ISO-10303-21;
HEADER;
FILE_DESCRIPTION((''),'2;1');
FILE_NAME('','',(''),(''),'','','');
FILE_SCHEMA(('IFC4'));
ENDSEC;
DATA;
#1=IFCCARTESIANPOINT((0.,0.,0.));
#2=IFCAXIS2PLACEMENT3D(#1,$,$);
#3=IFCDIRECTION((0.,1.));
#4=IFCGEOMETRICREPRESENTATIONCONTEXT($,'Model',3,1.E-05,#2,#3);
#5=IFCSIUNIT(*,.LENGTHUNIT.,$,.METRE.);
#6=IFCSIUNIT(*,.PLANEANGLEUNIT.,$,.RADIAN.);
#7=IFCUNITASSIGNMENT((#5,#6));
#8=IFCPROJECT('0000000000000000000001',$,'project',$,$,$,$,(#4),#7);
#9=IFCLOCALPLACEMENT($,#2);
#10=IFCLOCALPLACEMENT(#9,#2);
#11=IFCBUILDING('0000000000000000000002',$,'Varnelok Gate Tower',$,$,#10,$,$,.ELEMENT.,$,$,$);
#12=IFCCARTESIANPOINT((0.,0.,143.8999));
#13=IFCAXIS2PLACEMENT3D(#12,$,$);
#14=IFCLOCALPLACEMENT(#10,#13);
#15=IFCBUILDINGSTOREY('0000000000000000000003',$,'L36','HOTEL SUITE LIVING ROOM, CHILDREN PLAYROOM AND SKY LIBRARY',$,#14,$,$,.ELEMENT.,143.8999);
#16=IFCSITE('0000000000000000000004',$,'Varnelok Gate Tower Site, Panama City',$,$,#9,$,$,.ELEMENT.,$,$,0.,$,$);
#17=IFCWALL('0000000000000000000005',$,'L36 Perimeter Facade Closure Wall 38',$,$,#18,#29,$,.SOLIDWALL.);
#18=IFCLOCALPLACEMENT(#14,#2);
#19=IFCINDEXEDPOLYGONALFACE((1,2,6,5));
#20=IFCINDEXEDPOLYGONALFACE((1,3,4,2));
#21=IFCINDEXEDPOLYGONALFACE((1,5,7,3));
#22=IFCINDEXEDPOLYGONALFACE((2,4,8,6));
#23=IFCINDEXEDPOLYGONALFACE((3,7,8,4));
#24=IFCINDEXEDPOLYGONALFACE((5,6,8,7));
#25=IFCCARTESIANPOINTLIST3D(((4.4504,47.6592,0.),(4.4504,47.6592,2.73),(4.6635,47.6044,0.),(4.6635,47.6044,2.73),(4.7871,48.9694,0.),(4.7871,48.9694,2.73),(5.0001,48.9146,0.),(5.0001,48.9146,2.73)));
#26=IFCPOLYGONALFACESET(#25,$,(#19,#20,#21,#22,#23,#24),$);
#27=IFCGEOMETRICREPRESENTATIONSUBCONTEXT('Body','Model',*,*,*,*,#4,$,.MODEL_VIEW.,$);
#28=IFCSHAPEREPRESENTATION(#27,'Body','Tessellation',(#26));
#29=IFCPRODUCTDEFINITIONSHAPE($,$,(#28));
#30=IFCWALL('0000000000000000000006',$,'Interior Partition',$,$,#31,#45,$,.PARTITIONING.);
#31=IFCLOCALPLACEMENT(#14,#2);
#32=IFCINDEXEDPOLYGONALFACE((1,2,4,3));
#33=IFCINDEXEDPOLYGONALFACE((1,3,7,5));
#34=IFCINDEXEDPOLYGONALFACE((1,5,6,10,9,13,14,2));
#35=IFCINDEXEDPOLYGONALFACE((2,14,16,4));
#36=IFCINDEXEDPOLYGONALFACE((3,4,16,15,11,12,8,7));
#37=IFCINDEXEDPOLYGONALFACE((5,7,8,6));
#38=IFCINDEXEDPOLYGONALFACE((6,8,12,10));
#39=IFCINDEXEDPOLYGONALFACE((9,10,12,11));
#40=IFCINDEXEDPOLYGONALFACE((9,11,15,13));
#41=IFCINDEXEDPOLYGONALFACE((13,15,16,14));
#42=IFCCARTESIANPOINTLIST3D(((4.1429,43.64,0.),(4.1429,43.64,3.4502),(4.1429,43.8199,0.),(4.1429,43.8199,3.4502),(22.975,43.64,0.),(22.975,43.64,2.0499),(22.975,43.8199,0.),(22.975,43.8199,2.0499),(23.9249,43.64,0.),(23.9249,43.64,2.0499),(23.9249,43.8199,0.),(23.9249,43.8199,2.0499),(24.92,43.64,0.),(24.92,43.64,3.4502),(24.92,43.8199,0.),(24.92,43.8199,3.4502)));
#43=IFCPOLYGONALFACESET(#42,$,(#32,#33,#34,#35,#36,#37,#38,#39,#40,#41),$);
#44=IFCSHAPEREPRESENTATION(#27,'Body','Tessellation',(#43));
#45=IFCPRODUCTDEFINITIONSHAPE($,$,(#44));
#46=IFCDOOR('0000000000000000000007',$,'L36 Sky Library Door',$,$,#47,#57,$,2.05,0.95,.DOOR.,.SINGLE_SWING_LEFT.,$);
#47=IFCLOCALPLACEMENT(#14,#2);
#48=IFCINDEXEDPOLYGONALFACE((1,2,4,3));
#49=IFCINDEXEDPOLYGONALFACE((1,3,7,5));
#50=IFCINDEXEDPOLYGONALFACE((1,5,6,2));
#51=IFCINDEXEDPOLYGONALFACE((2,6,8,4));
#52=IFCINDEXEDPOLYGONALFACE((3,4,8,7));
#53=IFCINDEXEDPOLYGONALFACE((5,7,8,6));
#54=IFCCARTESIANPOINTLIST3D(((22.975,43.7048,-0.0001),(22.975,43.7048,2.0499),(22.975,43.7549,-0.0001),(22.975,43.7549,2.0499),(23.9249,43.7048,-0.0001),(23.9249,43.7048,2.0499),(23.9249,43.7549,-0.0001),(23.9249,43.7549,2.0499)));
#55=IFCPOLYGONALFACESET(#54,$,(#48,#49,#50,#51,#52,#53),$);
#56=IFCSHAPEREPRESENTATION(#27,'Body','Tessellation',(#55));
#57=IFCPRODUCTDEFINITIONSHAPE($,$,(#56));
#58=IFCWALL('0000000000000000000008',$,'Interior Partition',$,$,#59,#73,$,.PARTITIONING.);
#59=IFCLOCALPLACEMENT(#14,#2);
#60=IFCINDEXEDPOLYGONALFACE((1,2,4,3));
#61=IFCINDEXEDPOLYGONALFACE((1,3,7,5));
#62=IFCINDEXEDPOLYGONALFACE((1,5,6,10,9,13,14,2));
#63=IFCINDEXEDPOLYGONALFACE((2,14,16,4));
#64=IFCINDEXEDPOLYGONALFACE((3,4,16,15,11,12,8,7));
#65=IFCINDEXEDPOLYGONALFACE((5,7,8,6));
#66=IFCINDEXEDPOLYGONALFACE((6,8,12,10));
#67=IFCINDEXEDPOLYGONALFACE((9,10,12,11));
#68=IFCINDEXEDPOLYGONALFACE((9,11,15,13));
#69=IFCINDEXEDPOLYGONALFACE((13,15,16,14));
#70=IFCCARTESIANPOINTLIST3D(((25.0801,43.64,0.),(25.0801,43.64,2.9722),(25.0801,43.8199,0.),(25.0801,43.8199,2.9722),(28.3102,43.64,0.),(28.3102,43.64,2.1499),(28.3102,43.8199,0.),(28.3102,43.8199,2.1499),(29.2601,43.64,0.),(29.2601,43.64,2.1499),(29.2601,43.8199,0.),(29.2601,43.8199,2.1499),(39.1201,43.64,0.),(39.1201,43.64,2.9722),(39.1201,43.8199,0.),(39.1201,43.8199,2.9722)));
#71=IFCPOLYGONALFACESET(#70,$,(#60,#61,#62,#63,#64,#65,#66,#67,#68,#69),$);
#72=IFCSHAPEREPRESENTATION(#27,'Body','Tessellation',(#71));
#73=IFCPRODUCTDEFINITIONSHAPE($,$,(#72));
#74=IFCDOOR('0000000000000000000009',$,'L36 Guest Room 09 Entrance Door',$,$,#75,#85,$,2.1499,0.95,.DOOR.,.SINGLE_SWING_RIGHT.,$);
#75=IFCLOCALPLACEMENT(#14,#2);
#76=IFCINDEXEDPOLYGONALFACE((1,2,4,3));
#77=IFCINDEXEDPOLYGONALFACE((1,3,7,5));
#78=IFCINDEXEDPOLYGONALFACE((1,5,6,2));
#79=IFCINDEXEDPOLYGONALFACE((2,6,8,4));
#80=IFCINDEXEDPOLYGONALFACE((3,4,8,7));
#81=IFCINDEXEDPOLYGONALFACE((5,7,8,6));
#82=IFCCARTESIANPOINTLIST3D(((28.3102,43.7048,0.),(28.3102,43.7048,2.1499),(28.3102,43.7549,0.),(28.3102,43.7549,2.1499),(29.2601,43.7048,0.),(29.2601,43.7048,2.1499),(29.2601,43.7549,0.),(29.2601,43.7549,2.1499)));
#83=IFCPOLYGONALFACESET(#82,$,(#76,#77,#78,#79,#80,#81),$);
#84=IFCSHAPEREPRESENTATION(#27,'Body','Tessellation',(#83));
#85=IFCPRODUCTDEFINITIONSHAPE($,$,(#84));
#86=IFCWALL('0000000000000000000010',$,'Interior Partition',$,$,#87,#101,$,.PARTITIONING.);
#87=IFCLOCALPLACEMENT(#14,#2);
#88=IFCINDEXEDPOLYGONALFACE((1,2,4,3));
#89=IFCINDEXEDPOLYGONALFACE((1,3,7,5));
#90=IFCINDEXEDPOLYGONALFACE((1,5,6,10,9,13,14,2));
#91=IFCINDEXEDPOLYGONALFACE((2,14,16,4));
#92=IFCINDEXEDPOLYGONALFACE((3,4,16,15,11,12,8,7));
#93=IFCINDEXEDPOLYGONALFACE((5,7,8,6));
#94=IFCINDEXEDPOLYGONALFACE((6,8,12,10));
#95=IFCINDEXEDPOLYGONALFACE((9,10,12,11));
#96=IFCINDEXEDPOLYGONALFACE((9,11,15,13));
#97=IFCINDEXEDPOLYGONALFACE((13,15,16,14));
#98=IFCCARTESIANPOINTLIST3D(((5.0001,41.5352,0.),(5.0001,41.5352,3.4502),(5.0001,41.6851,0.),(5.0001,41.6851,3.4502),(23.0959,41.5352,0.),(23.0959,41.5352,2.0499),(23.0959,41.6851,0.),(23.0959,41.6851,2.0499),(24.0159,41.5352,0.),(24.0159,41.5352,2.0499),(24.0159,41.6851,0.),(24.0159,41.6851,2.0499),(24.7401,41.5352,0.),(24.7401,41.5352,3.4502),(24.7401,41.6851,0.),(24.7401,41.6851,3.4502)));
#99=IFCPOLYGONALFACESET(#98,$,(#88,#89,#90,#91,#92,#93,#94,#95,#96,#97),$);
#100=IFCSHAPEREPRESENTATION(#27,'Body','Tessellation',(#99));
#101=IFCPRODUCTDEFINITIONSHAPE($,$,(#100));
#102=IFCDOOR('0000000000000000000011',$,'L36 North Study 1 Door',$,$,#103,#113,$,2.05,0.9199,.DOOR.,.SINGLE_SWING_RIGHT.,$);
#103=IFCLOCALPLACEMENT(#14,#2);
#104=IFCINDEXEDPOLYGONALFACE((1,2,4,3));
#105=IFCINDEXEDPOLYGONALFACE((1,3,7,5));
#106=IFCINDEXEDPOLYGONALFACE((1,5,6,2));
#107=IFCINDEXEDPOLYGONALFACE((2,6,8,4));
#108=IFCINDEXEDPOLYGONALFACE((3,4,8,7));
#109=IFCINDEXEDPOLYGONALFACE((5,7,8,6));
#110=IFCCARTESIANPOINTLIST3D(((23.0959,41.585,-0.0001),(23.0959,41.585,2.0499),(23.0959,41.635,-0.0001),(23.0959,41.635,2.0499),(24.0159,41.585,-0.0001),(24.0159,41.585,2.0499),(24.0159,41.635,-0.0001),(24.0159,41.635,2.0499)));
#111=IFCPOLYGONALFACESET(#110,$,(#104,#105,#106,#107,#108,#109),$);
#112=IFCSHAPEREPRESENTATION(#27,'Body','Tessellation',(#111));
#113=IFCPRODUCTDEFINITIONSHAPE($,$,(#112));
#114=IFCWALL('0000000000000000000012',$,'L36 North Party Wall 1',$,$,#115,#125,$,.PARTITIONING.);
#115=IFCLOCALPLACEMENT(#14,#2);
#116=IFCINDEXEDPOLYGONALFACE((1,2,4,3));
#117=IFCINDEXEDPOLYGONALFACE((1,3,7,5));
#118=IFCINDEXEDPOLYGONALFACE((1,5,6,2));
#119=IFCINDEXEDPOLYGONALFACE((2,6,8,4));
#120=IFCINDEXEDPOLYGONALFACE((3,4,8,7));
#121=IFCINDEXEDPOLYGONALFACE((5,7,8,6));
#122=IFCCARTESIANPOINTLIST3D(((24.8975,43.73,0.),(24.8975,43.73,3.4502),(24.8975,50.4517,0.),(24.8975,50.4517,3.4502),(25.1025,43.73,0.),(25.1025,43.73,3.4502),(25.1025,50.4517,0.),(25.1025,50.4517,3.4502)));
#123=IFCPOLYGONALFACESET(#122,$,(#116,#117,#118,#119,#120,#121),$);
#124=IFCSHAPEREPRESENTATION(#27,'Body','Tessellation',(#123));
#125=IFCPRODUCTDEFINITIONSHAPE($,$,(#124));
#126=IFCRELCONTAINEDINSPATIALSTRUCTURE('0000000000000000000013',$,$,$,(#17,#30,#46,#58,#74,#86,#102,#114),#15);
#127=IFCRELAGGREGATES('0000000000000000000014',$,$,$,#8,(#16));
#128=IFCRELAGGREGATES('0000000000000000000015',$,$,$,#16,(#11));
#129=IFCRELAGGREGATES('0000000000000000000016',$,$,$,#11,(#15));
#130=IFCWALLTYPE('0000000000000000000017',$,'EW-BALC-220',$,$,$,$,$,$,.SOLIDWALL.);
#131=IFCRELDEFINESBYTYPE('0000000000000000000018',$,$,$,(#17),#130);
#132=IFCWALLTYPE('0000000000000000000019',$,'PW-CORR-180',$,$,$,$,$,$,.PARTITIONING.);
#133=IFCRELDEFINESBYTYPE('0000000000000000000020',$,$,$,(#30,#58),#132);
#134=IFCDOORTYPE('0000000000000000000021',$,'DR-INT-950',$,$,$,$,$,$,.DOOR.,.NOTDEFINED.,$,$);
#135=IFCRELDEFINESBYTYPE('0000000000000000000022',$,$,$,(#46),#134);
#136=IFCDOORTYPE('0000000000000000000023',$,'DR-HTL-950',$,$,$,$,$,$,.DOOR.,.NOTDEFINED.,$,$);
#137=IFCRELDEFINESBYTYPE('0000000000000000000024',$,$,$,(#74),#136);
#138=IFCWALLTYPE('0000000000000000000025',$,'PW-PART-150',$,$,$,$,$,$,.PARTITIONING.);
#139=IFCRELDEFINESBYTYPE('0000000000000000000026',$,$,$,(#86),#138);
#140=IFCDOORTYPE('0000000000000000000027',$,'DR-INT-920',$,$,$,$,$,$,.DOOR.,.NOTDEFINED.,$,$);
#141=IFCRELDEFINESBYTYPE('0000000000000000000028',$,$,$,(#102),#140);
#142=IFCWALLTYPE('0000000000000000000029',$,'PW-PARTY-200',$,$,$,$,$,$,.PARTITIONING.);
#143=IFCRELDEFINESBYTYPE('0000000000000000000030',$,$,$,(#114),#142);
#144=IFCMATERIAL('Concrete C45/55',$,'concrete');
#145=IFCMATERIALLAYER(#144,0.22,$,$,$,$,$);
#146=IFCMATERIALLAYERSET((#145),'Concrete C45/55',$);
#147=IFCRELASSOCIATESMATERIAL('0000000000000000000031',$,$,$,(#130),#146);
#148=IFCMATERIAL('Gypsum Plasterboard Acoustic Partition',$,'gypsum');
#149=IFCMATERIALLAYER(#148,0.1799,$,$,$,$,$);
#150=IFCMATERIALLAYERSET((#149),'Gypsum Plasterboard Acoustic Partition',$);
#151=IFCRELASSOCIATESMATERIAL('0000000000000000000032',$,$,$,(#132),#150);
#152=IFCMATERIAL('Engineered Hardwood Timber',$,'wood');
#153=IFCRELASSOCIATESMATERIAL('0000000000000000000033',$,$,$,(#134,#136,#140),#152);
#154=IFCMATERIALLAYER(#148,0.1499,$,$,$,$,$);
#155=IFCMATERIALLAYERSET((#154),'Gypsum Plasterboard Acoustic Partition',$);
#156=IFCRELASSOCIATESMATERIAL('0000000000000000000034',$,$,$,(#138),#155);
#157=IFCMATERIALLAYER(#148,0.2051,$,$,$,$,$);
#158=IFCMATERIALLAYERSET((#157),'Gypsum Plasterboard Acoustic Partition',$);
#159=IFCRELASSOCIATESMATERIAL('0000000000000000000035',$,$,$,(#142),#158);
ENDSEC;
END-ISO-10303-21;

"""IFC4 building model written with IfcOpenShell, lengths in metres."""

from ifc_helpers import new_model, si_unit, direction, frame, frame_2d, origin, place, context, subcontext, project, spatial, rectangle, extrude, material, layer, layer_set, type_object, element, fill, save


model = new_model("IFC4")

# Units and contexts
model_context = context("Model", 3, precision=1e-05, world=origin(), true_north=direction((0.0, 1.0)))
body_context = subcontext(model_context, "Body", "Model", "MODEL_VIEW")
ifc_project = project(units=[si_unit("LENGTHUNIT", "METRE"), si_unit("PLANEANGLEUNIT", "RADIAN")], contexts=[model_context])

# Site, building, storey
site_placement = place(None, origin())
site = spatial("IfcSite", under=ifc_project, at=site_placement, Name="Varnelok Gate Tower Site, Panama City", CompositionType="ELEMENT", RefElevation=0.0)
building_placement = place(site_placement, origin())
building = spatial("IfcBuilding", under=site, at=building_placement, Name="Varnelok Gate Tower", CompositionType="ELEMENT")
storey_placement = place(building_placement, frame((0.0, 0.0, 143.8999)))
storey = spatial("IfcBuildingStorey", under=building, at=storey_placement, Name="L36", Description="HOTEL SUITE LIVING ROOM, CHILDREN PLAYROOM AND SKY LIBRARY", CompositionType="ELEMENT", Elevation=143.8999)

# Wall
ifc_material_1 = material(Name="Concrete C45/55", Category="concrete")
ifc_layer_1 = layer(ifc_material_1, 0.22)
ifc_layer_set_1 = layer_set([ifc_layer_1], Name="Concrete C45/55")
wall_type_1 = type_object("IfcWallType", Name="EW-BALC-220", PredefinedType="SOLIDWALL", material=ifc_layer_set_1)
wall_1_placement = place(storey_placement, frame((4.8936, 48.9419, 0.0), z_axis=(0.0, 0.0, 1.0), x_axis=(-0.248857, -0.96854, 0.0)))
element("IfcWall", 1, at=wall_1_placement, inside=storey, type_object=wall_type_1, Name="L36 Perimeter Facade Closure Wall 38", PredefinedType="SOLIDWALL", context=body_context, shape_type="SweptSolid", body=[
    extrude(rectangle(XDim=1.3528, YDim=0.22, at=frame_2d((0.6763, 0.0))), origin(), (0.0, 0.0, 1.0), 2.73),
])

# Walls, openings, doors
ifc_material_2 = material(Name="Gypsum Plasterboard Acoustic Partition", Category="gypsum")
ifc_layer_2 = layer(ifc_material_2, 0.1799)
ifc_layer_set_2 = layer_set([ifc_layer_2], Name="Gypsum Plasterboard Acoustic Partition")
wall_type_2 = type_object("IfcWallType", Name="PW-CORR-180", PredefinedType="PARTITIONING", material=ifc_layer_set_2)
wall_2_placement = place(storey_placement, frame((4.1428, 43.73, 0.0), z_axis=(0.0, 0.0, 1.0), x_axis=(1.0, 0.0, 0.0)))
wall_2 = element("IfcWall", 2, at=wall_2_placement, inside=storey, type_object=wall_type_2, Name="Interior Partition", PredefinedType="PARTITIONING", context=body_context, shape_type="SweptSolid", body=[
    extrude(rectangle(XDim=20.7771, YDim=0.1799, at=frame_2d((10.3887, 0.0))), origin(), (0.0, 0.0, 1.0), 3.4502),
])
opening_1_placement = place(wall_2_placement, frame((18.832, 0.0, 0.0)))
opening_1 = element("IfcOpeningElement", 3, at=opening_1_placement, cuts=wall_2, PredefinedType="OPENING", context=body_context, shape_type="SweptSolid", body=[
    extrude(rectangle(XDim=0.95, YDim=2.05, at=frame_2d((0.4751, 1.0249))), frame((0.0, 0.0999, 0.0), z_axis=(0.0, -1.0, 0.0), x_axis=(1.0, 0.0, 0.0)), (0.0, 0.0, 1.0), 0.2),
])
ifc_material_3 = material(Name="Engineered Hardwood Timber", Category="wood")
door_type_1 = type_object("IfcDoorType", Name="DR-INT-950", OperationType="NOTDEFINED", PredefinedType="DOOR", material=ifc_material_3)
door_1_placement = place(opening_1_placement, origin())
door_1 = element("IfcDoor", 4, at=door_1_placement, inside=storey, type_object=door_type_1, Name="L36 Sky Library Door", OperationType="SINGLE_SWING_LEFT", OverallHeight=2.05, OverallWidth=0.95, PredefinedType="DOOR", context=body_context, shape_type="SweptSolid", body=[
    extrude(rectangle(XDim=0.95, YDim=2.05, at=frame_2d((0.4751, 1.0249))), frame((0.0, 0.0249, 0.0), z_axis=(0.0, -1.0, 0.0), x_axis=(1.0, 0.0, 0.0)), (0.0, 0.0, 1.0), 0.05),
])
fill(opening_1, door_1)
wall_3_placement = place(storey_placement, frame((25.0801, 43.73, 0.0), z_axis=(0.0, 0.0, 1.0), x_axis=(1.0, 0.0, 0.0)))
wall_3 = element("IfcWall", 5, at=wall_3_placement, inside=storey, type_object=wall_type_2, Name="Interior Partition", PredefinedType="PARTITIONING", context=body_context, shape_type="SweptSolid", body=[
    extrude(rectangle(XDim=14.04, YDim=0.1799, at=frame_2d((7.02, 0.0))), origin(), (0.0, 0.0, 1.0), 2.9722),
])
opening_2_placement = place(wall_3_placement, frame((3.23, 0.0, 0.0)))
opening_2 = element("IfcOpeningElement", 6, at=opening_2_placement, cuts=wall_3, PredefinedType="OPENING", context=body_context, shape_type="SweptSolid", body=[
    extrude(rectangle(XDim=0.95, YDim=2.1499, at=frame_2d((0.4751, 1.075))), frame((0.0, 0.0999, 0.0), z_axis=(0.0, -1.0, 0.0), x_axis=(1.0, 0.0, 0.0)), (0.0, 0.0, 1.0), 0.2),
])
door_type_2 = type_object("IfcDoorType", Name="DR-HTL-950", OperationType="NOTDEFINED", PredefinedType="DOOR", material=ifc_material_3)
door_2_placement = place(opening_2_placement, origin())
door_2 = element("IfcDoor", 7, at=door_2_placement, inside=storey, type_object=door_type_2, Name="L36 Guest Room 09 Entrance Door", OperationType="SINGLE_SWING_RIGHT", OverallHeight=2.1499, OverallWidth=0.95, PredefinedType="DOOR", context=body_context, shape_type="SweptSolid", body=[
    extrude(rectangle(XDim=0.95, YDim=2.1499, at=frame_2d((0.4751, 1.075))), frame((0.0, 0.0249, 0.0), z_axis=(0.0, -1.0, 0.0), x_axis=(1.0, 0.0, 0.0)), (0.0, 0.0, 1.0), 0.05),
])
fill(opening_2, door_2)
ifc_layer_3 = layer(ifc_material_2, 0.1499)
ifc_layer_set_3 = layer_set([ifc_layer_3], Name="Gypsum Plasterboard Acoustic Partition")
wall_type_3 = type_object("IfcWallType", Name="PW-PART-150", PredefinedType="PARTITIONING", material=ifc_layer_set_3)
wall_4_placement = place(storey_placement, frame((5.0, 41.6101, 0.0), z_axis=(0.0, 0.0, 1.0), x_axis=(1.0, 0.0, 0.0)))
wall_4 = element("IfcWall", 8, at=wall_4_placement, inside=storey, type_object=wall_type_3, Name="Interior Partition", PredefinedType="PARTITIONING", context=body_context, shape_type="SweptSolid", body=[
    extrude(rectangle(XDim=19.74, YDim=0.1499, at=frame_2d((9.8701, 0.0))), origin(), (0.0, 0.0, 1.0), 3.4502),
])
opening_3_placement = place(wall_4_placement, frame((18.0959, 0.0, 0.0)))
opening_3 = element("IfcOpeningElement", 9, at=opening_3_placement, cuts=wall_4, PredefinedType="OPENING", context=body_context, shape_type="SweptSolid", body=[
    extrude(rectangle(XDim=0.9199, YDim=2.05, at=frame_2d((0.46, 1.0249))), frame((0.0, 0.085, 0.0), z_axis=(0.0, -1.0, 0.0), x_axis=(1.0, 0.0, 0.0)), (0.0, 0.0, 1.0), 0.1699),
])
door_type_3 = type_object("IfcDoorType", Name="DR-INT-920", OperationType="NOTDEFINED", PredefinedType="DOOR", material=ifc_material_3)
door_3_placement = place(opening_3_placement, origin())
door_3 = element("IfcDoor", 10, at=door_3_placement, inside=storey, type_object=door_type_3, Name="L36 North Study 1 Door", OperationType="SINGLE_SWING_RIGHT", OverallHeight=2.05, OverallWidth=0.9199, PredefinedType="DOOR", context=body_context, shape_type="SweptSolid", body=[
    extrude(rectangle(XDim=0.9199, YDim=2.05, at=frame_2d((0.46, 1.0249))), frame((0.0, 0.0249, 0.0), z_axis=(0.0, -1.0, 0.0), x_axis=(1.0, 0.0, 0.0)), (0.0, 0.0, 1.0), 0.05),
])
fill(opening_3, door_3)

# Wall
ifc_layer_4 = layer(ifc_material_2, 0.2051)
ifc_layer_set_4 = layer_set([ifc_layer_4], Name="Gypsum Plasterboard Acoustic Partition")
wall_type_4 = type_object("IfcWallType", Name="PW-PARTY-200", PredefinedType="PARTITIONING", material=ifc_layer_set_4)
wall_5_placement = place(storey_placement, frame((25.0, 43.73, 0.0), z_axis=(0.0, 0.0, 1.0), x_axis=(0.0, 1.0, 0.0)))
element("IfcWall", 11, at=wall_5_placement, inside=storey, type_object=wall_type_4, Name="L36 North Party Wall 1", PredefinedType="PARTITIONING", context=body_context, shape_type="SweptSolid", body=[
    extrude(rectangle(XDim=6.7217, YDim=0.2051, at=frame_2d((3.3608, 0.0))), origin(), (0.0, 0.0, 1.0), 3.4502),
])

save(model, "model.ifc")
